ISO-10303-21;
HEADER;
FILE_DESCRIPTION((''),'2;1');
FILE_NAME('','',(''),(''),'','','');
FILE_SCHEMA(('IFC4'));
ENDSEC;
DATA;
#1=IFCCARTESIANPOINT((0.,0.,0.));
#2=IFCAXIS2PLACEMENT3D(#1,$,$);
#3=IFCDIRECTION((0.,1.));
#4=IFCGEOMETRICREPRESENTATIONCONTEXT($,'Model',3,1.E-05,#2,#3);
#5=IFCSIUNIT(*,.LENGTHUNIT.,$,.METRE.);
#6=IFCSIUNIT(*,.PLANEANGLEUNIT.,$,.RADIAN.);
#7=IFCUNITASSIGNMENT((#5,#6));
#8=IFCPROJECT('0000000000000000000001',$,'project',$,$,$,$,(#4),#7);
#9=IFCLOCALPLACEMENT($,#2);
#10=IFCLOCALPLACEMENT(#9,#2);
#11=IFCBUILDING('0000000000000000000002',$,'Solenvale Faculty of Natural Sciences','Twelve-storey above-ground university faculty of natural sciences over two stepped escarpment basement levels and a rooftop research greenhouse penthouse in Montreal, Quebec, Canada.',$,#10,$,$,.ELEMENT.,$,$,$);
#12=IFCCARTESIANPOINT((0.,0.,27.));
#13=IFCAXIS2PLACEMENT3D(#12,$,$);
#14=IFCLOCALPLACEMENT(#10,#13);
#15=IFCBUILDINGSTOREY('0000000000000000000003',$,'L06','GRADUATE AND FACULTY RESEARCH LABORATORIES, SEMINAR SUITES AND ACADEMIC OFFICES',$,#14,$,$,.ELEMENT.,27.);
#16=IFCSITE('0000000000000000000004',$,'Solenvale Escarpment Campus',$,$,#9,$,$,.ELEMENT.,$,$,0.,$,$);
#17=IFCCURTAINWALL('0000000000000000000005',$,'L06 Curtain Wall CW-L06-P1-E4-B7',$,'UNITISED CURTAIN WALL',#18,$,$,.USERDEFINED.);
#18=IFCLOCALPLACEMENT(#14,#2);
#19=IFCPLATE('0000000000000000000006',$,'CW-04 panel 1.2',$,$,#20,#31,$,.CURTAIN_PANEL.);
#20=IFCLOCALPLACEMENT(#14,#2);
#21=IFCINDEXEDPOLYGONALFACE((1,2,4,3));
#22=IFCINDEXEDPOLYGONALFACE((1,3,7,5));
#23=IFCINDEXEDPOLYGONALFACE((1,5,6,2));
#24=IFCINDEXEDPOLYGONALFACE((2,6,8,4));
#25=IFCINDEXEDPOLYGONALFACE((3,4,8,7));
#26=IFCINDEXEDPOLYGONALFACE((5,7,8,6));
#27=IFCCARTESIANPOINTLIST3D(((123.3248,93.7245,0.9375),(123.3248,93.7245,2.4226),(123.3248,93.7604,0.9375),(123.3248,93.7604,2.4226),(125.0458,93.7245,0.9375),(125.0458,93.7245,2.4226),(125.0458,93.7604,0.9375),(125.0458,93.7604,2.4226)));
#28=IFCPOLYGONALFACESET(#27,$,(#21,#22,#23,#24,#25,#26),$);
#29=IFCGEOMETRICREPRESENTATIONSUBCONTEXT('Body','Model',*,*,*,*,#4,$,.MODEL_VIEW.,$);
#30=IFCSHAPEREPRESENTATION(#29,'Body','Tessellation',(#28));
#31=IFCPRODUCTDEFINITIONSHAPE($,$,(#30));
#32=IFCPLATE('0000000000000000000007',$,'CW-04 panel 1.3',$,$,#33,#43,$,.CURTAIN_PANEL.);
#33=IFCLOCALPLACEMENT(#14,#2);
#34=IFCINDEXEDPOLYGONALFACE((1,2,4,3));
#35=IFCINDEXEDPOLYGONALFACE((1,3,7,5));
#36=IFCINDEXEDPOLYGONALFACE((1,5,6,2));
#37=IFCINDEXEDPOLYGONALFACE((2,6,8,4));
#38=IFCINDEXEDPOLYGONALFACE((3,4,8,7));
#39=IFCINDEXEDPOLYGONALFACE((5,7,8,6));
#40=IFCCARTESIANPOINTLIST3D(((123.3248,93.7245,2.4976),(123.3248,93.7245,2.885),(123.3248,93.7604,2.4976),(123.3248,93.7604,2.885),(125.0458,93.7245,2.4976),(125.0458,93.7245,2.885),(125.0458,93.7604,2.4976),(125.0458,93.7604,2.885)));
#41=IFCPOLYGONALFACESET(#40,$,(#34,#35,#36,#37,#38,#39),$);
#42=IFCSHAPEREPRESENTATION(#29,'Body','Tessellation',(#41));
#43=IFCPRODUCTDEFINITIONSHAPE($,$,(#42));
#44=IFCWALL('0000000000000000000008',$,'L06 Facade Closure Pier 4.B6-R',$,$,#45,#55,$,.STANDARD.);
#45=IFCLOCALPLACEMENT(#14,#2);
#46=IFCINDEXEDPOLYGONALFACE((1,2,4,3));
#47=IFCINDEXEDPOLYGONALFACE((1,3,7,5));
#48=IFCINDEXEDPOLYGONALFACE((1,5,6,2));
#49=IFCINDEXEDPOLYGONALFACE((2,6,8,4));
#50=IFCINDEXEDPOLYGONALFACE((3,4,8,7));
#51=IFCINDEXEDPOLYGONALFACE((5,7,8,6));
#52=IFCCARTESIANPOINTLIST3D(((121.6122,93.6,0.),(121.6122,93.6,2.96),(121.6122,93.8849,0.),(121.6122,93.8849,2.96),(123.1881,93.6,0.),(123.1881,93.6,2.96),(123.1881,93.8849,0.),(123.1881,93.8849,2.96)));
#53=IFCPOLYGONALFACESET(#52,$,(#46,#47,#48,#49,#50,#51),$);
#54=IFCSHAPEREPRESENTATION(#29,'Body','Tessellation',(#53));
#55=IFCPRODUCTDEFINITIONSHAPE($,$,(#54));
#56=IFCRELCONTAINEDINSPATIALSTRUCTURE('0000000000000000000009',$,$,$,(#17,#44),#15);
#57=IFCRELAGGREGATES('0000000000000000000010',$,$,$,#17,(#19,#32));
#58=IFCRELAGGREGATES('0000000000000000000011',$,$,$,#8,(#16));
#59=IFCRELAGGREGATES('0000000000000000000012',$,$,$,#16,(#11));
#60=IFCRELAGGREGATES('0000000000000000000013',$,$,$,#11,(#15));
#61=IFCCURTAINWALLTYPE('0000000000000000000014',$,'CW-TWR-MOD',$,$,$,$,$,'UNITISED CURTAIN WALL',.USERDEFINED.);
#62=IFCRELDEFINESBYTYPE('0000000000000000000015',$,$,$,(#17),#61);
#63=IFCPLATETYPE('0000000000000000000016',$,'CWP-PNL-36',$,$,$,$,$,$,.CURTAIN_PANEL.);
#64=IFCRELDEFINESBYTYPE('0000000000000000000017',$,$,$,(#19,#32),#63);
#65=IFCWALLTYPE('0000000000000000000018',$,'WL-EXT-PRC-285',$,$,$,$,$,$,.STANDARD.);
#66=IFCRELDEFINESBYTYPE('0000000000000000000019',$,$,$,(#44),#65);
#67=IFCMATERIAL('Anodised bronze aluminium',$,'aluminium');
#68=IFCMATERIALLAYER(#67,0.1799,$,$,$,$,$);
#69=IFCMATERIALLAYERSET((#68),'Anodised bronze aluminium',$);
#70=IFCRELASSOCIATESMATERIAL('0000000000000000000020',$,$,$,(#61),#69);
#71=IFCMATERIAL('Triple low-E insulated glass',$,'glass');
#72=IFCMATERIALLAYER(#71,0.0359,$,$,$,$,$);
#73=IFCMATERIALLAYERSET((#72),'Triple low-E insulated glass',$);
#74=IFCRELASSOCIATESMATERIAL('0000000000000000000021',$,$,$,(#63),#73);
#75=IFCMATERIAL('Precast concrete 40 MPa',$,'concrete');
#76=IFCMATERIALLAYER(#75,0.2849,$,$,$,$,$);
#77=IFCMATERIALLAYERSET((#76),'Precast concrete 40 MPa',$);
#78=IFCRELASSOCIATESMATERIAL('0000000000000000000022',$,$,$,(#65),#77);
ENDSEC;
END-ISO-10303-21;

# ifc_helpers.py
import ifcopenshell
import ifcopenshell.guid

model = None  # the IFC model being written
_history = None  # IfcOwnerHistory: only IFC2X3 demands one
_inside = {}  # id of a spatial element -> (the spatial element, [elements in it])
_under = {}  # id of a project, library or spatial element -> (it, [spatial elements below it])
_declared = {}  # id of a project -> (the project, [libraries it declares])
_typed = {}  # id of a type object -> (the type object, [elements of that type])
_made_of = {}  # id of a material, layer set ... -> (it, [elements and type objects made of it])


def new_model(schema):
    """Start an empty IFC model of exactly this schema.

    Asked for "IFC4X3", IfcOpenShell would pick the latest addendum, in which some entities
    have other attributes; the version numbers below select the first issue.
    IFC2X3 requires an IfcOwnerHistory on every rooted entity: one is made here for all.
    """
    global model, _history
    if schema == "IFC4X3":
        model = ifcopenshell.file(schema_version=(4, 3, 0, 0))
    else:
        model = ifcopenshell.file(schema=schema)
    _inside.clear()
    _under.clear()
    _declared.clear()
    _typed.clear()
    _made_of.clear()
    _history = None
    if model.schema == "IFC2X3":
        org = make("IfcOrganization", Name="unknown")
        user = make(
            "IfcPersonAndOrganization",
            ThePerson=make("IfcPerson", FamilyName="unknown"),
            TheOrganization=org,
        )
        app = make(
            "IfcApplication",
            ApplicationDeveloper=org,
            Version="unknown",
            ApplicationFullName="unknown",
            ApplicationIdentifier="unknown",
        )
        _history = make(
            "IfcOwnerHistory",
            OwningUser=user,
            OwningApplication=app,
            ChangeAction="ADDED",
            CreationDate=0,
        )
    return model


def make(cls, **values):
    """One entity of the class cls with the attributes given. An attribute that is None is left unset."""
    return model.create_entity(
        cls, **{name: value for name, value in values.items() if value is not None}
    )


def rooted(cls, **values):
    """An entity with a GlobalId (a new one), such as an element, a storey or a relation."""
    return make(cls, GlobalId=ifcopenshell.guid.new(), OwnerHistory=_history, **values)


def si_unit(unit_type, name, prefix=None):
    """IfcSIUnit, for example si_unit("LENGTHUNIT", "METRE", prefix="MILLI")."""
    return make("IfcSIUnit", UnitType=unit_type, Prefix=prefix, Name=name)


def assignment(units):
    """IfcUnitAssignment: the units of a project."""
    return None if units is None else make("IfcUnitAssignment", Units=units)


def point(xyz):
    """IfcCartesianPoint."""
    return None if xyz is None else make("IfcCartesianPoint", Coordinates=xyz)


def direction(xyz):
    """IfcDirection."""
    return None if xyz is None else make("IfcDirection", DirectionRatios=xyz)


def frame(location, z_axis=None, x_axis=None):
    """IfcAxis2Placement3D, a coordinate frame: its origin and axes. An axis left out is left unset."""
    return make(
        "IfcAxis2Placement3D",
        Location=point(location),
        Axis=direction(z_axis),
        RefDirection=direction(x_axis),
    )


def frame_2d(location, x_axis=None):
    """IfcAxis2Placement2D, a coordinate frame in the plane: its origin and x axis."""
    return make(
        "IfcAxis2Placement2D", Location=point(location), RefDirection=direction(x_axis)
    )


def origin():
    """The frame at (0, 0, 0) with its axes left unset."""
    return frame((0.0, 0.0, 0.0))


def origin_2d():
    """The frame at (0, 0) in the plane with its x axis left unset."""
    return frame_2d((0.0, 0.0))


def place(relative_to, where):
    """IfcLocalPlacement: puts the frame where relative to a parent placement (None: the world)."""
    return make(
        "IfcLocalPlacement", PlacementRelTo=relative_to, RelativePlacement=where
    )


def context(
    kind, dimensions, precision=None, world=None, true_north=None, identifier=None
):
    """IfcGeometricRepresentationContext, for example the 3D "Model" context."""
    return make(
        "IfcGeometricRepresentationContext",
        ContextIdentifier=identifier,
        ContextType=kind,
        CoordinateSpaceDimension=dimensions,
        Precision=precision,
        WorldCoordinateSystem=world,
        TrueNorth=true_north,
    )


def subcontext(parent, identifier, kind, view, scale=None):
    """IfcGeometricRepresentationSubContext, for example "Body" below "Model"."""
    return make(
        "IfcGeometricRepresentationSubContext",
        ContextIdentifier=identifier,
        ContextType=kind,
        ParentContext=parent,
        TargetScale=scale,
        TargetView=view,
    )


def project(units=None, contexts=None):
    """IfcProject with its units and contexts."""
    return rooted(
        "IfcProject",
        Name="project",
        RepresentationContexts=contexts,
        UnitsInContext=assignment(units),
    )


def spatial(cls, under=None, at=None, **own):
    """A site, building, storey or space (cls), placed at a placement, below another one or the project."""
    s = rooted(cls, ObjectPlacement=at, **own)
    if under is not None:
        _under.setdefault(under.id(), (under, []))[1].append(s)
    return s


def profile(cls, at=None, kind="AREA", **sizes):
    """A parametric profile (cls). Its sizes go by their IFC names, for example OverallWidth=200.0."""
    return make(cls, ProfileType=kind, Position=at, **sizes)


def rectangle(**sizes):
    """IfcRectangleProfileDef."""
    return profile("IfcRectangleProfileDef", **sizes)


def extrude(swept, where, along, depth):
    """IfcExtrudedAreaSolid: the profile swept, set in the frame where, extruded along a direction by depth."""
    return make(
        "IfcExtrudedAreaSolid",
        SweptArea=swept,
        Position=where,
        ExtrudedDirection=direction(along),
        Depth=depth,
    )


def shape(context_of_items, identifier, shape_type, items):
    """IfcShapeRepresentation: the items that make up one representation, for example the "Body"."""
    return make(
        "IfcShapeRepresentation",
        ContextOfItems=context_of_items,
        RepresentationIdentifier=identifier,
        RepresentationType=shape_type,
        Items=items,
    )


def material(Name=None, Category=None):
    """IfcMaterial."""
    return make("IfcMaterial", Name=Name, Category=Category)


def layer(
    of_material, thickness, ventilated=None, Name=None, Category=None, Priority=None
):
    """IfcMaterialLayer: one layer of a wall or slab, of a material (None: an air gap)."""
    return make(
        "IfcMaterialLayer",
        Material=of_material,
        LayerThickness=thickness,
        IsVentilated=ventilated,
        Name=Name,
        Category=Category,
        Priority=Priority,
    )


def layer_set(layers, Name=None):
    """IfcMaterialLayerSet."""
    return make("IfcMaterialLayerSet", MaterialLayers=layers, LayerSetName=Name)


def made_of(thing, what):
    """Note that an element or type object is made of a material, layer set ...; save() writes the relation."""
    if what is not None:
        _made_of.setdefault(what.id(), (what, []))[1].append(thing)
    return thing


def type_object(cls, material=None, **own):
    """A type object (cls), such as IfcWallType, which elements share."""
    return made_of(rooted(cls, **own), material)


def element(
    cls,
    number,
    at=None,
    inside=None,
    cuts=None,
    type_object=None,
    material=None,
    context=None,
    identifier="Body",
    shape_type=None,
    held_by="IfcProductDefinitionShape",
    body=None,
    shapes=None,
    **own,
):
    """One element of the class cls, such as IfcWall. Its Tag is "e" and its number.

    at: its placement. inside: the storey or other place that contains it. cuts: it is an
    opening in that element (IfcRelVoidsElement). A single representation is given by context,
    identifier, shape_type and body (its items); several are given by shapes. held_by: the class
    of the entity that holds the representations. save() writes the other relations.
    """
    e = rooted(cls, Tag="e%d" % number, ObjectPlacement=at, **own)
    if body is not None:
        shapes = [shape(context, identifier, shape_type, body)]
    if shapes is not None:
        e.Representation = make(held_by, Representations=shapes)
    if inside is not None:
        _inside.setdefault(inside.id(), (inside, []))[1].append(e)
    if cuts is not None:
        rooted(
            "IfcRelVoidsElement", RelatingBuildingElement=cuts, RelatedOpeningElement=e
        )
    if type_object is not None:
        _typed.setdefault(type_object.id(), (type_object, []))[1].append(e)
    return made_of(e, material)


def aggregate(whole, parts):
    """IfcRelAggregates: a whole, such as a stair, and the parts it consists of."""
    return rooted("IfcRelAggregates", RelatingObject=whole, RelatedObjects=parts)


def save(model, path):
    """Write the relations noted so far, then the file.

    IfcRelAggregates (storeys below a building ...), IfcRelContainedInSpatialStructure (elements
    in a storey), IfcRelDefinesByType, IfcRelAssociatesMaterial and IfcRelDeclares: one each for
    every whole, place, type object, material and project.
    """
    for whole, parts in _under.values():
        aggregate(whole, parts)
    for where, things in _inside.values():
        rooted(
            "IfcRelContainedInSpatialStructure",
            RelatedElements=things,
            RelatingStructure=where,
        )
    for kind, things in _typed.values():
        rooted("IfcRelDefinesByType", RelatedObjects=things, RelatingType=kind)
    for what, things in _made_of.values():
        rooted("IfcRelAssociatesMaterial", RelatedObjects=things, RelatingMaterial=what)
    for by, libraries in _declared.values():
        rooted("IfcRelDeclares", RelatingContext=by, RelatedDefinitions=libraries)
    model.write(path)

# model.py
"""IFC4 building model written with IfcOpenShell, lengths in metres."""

from ifc_helpers import new_model, si_unit, direction, frame, frame_2d, origin, origin_2d, place, context, subcontext, project, spatial, rectangle, extrude, material, layer, layer_set, type_object, element, aggregate, save


model = new_model("IFC4")

# Units and contexts
model_context = context("Model", 3, precision=1e-05, world=origin(), true_north=direction((0.0, 1.0)))
body_context = subcontext(model_context, "Body", "Model", "MODEL_VIEW")
ifc_project = project(units=[si_unit("LENGTHUNIT", "METRE"), si_unit("PLANEANGLEUNIT", "RADIAN")], contexts=[model_context])

# Site, building, storey
site_placement = place(None, origin())
site = spatial("IfcSite", under=ifc_project, at=site_placement, Name="Solenvale Escarpment Campus", CompositionType="ELEMENT", RefElevation=0.0)
building_placement = place(site_placement, origin())
building = spatial("IfcBuilding", under=site, at=building_placement, Name="Solenvale Faculty of Natural Sciences", Description="Twelve-storey above-ground university faculty of natural sciences over two stepped escarpment basement levels and a rooftop research greenhouse penthouse in Montreal, Quebec, Canada.", CompositionType="ELEMENT")
storey_placement = place(building_placement, frame((0.0, 0.0, 27.0)))
storey = spatial("IfcBuildingStorey", under=building, at=storey_placement, Name="L06", Description="GRADUATE AND FACULTY RESEARCH LABORATORIES, SEMINAR SUITES AND ACADEMIC OFFICES", CompositionType="ELEMENT", Elevation=27.0)

# Shared definitions
ifc_material_1 = material(Name="Anodised bronze aluminium", Category="aluminium")
ifc_layer_1 = layer(ifc_material_1, 0.1799)
ifc_layer_set_1 = layer_set([ifc_layer_1], Name="Anodised bronze aluminium")
curtain_wall_type = type_object("IfcCurtainWallType", Name="CW-TWR-MOD", ElementType="UNITISED CURTAIN WALL", PredefinedType="USERDEFINED", material=ifc_layer_set_1)

# Curtain wall
curtain_wall_1_placement = place(storey_placement, origin())
curtain_wall_1 = element("IfcCurtainWall", 1, at=curtain_wall_1_placement, inside=storey, type_object=curtain_wall_type, Name="L06 Curtain Wall CW-L06-P1-E4-B7", ObjectType="UNITISED CURTAIN WALL", PredefinedType="USERDEFINED")

# Plates
ifc_material_2 = material(Name="Triple low-E insulated glass", Category="glass")
ifc_layer_2 = layer(ifc_material_2, 0.0359)
ifc_layer_set_2 = layer_set([ifc_layer_2], Name="Triple low-E insulated glass")
plate_type_1 = type_object("IfcPlateType", Name="CWP-PNL-36", PredefinedType="CURTAIN_PANEL", material=ifc_layer_set_2)
plate_1_placement = place(storey_placement, frame((124.1853, 93.7424, 0.9375), z_axis=(0.0, 0.0, 1.0), x_axis=(1.0, 0.0, 0.0)))
plate_1 = element("IfcPlate", 2, at=plate_1_placement, type_object=plate_type_1, Name="CW-04 panel 1.2", PredefinedType="CURTAIN_PANEL", context=body_context, shape_type="SweptSolid", body=[
    extrude(rectangle(XDim=1.7209, YDim=0.0359, at=origin_2d()), origin(), (0.0, 0.0, 1.0), 1.4851),
])
plate_2_placement = place(storey_placement, frame((124.1853, 93.7424, 2.4976), z_axis=(0.0, 0.0, 1.0), x_axis=(1.0, 0.0, 0.0)))
plate_2 = element("IfcPlate", 3, at=plate_2_placement, type_object=plate_type_1, Name="CW-04 panel 1.3", PredefinedType="CURTAIN_PANEL", context=body_context, shape_type="SweptSolid", body=[
    extrude(rectangle(XDim=1.7209, YDim=0.0359, at=origin_2d()), origin(), (0.0, 0.0, 1.0), 0.3875),
])
aggregate(curtain_wall_1, [plate_1, plate_2])

# Wall
ifc_material_3 = material(Name="Precast concrete 40 MPa", Category="concrete")
ifc_layer_3 = layer(ifc_material_3, 0.2849)
ifc_layer_set_3 = layer_set([ifc_layer_3], Name="Precast concrete 40 MPa")
wall_type = type_object("IfcWallType", Name="WL-EXT-PRC-285", PredefinedType="STANDARD", material=ifc_layer_set_3)
wall_placement = place(storey_placement, frame((121.6121, 93.7424, 0.0), z_axis=(0.0, 0.0, 1.0), x_axis=(1.0, 0.0, 0.0)))
element("IfcWall", 4, at=wall_placement, inside=storey, type_object=wall_type, Name="L06 Facade Closure Pier 4.B6-R", PredefinedType="STANDARD", context=body_context, shape_type="SweptSolid", body=[
    extrude(rectangle(XDim=1.5759, YDim=0.2849, at=frame_2d((0.7881, 0.0))), origin(), (0.0, 0.0, 1.0), 2.96),
])

save(model, "model.ifc")
